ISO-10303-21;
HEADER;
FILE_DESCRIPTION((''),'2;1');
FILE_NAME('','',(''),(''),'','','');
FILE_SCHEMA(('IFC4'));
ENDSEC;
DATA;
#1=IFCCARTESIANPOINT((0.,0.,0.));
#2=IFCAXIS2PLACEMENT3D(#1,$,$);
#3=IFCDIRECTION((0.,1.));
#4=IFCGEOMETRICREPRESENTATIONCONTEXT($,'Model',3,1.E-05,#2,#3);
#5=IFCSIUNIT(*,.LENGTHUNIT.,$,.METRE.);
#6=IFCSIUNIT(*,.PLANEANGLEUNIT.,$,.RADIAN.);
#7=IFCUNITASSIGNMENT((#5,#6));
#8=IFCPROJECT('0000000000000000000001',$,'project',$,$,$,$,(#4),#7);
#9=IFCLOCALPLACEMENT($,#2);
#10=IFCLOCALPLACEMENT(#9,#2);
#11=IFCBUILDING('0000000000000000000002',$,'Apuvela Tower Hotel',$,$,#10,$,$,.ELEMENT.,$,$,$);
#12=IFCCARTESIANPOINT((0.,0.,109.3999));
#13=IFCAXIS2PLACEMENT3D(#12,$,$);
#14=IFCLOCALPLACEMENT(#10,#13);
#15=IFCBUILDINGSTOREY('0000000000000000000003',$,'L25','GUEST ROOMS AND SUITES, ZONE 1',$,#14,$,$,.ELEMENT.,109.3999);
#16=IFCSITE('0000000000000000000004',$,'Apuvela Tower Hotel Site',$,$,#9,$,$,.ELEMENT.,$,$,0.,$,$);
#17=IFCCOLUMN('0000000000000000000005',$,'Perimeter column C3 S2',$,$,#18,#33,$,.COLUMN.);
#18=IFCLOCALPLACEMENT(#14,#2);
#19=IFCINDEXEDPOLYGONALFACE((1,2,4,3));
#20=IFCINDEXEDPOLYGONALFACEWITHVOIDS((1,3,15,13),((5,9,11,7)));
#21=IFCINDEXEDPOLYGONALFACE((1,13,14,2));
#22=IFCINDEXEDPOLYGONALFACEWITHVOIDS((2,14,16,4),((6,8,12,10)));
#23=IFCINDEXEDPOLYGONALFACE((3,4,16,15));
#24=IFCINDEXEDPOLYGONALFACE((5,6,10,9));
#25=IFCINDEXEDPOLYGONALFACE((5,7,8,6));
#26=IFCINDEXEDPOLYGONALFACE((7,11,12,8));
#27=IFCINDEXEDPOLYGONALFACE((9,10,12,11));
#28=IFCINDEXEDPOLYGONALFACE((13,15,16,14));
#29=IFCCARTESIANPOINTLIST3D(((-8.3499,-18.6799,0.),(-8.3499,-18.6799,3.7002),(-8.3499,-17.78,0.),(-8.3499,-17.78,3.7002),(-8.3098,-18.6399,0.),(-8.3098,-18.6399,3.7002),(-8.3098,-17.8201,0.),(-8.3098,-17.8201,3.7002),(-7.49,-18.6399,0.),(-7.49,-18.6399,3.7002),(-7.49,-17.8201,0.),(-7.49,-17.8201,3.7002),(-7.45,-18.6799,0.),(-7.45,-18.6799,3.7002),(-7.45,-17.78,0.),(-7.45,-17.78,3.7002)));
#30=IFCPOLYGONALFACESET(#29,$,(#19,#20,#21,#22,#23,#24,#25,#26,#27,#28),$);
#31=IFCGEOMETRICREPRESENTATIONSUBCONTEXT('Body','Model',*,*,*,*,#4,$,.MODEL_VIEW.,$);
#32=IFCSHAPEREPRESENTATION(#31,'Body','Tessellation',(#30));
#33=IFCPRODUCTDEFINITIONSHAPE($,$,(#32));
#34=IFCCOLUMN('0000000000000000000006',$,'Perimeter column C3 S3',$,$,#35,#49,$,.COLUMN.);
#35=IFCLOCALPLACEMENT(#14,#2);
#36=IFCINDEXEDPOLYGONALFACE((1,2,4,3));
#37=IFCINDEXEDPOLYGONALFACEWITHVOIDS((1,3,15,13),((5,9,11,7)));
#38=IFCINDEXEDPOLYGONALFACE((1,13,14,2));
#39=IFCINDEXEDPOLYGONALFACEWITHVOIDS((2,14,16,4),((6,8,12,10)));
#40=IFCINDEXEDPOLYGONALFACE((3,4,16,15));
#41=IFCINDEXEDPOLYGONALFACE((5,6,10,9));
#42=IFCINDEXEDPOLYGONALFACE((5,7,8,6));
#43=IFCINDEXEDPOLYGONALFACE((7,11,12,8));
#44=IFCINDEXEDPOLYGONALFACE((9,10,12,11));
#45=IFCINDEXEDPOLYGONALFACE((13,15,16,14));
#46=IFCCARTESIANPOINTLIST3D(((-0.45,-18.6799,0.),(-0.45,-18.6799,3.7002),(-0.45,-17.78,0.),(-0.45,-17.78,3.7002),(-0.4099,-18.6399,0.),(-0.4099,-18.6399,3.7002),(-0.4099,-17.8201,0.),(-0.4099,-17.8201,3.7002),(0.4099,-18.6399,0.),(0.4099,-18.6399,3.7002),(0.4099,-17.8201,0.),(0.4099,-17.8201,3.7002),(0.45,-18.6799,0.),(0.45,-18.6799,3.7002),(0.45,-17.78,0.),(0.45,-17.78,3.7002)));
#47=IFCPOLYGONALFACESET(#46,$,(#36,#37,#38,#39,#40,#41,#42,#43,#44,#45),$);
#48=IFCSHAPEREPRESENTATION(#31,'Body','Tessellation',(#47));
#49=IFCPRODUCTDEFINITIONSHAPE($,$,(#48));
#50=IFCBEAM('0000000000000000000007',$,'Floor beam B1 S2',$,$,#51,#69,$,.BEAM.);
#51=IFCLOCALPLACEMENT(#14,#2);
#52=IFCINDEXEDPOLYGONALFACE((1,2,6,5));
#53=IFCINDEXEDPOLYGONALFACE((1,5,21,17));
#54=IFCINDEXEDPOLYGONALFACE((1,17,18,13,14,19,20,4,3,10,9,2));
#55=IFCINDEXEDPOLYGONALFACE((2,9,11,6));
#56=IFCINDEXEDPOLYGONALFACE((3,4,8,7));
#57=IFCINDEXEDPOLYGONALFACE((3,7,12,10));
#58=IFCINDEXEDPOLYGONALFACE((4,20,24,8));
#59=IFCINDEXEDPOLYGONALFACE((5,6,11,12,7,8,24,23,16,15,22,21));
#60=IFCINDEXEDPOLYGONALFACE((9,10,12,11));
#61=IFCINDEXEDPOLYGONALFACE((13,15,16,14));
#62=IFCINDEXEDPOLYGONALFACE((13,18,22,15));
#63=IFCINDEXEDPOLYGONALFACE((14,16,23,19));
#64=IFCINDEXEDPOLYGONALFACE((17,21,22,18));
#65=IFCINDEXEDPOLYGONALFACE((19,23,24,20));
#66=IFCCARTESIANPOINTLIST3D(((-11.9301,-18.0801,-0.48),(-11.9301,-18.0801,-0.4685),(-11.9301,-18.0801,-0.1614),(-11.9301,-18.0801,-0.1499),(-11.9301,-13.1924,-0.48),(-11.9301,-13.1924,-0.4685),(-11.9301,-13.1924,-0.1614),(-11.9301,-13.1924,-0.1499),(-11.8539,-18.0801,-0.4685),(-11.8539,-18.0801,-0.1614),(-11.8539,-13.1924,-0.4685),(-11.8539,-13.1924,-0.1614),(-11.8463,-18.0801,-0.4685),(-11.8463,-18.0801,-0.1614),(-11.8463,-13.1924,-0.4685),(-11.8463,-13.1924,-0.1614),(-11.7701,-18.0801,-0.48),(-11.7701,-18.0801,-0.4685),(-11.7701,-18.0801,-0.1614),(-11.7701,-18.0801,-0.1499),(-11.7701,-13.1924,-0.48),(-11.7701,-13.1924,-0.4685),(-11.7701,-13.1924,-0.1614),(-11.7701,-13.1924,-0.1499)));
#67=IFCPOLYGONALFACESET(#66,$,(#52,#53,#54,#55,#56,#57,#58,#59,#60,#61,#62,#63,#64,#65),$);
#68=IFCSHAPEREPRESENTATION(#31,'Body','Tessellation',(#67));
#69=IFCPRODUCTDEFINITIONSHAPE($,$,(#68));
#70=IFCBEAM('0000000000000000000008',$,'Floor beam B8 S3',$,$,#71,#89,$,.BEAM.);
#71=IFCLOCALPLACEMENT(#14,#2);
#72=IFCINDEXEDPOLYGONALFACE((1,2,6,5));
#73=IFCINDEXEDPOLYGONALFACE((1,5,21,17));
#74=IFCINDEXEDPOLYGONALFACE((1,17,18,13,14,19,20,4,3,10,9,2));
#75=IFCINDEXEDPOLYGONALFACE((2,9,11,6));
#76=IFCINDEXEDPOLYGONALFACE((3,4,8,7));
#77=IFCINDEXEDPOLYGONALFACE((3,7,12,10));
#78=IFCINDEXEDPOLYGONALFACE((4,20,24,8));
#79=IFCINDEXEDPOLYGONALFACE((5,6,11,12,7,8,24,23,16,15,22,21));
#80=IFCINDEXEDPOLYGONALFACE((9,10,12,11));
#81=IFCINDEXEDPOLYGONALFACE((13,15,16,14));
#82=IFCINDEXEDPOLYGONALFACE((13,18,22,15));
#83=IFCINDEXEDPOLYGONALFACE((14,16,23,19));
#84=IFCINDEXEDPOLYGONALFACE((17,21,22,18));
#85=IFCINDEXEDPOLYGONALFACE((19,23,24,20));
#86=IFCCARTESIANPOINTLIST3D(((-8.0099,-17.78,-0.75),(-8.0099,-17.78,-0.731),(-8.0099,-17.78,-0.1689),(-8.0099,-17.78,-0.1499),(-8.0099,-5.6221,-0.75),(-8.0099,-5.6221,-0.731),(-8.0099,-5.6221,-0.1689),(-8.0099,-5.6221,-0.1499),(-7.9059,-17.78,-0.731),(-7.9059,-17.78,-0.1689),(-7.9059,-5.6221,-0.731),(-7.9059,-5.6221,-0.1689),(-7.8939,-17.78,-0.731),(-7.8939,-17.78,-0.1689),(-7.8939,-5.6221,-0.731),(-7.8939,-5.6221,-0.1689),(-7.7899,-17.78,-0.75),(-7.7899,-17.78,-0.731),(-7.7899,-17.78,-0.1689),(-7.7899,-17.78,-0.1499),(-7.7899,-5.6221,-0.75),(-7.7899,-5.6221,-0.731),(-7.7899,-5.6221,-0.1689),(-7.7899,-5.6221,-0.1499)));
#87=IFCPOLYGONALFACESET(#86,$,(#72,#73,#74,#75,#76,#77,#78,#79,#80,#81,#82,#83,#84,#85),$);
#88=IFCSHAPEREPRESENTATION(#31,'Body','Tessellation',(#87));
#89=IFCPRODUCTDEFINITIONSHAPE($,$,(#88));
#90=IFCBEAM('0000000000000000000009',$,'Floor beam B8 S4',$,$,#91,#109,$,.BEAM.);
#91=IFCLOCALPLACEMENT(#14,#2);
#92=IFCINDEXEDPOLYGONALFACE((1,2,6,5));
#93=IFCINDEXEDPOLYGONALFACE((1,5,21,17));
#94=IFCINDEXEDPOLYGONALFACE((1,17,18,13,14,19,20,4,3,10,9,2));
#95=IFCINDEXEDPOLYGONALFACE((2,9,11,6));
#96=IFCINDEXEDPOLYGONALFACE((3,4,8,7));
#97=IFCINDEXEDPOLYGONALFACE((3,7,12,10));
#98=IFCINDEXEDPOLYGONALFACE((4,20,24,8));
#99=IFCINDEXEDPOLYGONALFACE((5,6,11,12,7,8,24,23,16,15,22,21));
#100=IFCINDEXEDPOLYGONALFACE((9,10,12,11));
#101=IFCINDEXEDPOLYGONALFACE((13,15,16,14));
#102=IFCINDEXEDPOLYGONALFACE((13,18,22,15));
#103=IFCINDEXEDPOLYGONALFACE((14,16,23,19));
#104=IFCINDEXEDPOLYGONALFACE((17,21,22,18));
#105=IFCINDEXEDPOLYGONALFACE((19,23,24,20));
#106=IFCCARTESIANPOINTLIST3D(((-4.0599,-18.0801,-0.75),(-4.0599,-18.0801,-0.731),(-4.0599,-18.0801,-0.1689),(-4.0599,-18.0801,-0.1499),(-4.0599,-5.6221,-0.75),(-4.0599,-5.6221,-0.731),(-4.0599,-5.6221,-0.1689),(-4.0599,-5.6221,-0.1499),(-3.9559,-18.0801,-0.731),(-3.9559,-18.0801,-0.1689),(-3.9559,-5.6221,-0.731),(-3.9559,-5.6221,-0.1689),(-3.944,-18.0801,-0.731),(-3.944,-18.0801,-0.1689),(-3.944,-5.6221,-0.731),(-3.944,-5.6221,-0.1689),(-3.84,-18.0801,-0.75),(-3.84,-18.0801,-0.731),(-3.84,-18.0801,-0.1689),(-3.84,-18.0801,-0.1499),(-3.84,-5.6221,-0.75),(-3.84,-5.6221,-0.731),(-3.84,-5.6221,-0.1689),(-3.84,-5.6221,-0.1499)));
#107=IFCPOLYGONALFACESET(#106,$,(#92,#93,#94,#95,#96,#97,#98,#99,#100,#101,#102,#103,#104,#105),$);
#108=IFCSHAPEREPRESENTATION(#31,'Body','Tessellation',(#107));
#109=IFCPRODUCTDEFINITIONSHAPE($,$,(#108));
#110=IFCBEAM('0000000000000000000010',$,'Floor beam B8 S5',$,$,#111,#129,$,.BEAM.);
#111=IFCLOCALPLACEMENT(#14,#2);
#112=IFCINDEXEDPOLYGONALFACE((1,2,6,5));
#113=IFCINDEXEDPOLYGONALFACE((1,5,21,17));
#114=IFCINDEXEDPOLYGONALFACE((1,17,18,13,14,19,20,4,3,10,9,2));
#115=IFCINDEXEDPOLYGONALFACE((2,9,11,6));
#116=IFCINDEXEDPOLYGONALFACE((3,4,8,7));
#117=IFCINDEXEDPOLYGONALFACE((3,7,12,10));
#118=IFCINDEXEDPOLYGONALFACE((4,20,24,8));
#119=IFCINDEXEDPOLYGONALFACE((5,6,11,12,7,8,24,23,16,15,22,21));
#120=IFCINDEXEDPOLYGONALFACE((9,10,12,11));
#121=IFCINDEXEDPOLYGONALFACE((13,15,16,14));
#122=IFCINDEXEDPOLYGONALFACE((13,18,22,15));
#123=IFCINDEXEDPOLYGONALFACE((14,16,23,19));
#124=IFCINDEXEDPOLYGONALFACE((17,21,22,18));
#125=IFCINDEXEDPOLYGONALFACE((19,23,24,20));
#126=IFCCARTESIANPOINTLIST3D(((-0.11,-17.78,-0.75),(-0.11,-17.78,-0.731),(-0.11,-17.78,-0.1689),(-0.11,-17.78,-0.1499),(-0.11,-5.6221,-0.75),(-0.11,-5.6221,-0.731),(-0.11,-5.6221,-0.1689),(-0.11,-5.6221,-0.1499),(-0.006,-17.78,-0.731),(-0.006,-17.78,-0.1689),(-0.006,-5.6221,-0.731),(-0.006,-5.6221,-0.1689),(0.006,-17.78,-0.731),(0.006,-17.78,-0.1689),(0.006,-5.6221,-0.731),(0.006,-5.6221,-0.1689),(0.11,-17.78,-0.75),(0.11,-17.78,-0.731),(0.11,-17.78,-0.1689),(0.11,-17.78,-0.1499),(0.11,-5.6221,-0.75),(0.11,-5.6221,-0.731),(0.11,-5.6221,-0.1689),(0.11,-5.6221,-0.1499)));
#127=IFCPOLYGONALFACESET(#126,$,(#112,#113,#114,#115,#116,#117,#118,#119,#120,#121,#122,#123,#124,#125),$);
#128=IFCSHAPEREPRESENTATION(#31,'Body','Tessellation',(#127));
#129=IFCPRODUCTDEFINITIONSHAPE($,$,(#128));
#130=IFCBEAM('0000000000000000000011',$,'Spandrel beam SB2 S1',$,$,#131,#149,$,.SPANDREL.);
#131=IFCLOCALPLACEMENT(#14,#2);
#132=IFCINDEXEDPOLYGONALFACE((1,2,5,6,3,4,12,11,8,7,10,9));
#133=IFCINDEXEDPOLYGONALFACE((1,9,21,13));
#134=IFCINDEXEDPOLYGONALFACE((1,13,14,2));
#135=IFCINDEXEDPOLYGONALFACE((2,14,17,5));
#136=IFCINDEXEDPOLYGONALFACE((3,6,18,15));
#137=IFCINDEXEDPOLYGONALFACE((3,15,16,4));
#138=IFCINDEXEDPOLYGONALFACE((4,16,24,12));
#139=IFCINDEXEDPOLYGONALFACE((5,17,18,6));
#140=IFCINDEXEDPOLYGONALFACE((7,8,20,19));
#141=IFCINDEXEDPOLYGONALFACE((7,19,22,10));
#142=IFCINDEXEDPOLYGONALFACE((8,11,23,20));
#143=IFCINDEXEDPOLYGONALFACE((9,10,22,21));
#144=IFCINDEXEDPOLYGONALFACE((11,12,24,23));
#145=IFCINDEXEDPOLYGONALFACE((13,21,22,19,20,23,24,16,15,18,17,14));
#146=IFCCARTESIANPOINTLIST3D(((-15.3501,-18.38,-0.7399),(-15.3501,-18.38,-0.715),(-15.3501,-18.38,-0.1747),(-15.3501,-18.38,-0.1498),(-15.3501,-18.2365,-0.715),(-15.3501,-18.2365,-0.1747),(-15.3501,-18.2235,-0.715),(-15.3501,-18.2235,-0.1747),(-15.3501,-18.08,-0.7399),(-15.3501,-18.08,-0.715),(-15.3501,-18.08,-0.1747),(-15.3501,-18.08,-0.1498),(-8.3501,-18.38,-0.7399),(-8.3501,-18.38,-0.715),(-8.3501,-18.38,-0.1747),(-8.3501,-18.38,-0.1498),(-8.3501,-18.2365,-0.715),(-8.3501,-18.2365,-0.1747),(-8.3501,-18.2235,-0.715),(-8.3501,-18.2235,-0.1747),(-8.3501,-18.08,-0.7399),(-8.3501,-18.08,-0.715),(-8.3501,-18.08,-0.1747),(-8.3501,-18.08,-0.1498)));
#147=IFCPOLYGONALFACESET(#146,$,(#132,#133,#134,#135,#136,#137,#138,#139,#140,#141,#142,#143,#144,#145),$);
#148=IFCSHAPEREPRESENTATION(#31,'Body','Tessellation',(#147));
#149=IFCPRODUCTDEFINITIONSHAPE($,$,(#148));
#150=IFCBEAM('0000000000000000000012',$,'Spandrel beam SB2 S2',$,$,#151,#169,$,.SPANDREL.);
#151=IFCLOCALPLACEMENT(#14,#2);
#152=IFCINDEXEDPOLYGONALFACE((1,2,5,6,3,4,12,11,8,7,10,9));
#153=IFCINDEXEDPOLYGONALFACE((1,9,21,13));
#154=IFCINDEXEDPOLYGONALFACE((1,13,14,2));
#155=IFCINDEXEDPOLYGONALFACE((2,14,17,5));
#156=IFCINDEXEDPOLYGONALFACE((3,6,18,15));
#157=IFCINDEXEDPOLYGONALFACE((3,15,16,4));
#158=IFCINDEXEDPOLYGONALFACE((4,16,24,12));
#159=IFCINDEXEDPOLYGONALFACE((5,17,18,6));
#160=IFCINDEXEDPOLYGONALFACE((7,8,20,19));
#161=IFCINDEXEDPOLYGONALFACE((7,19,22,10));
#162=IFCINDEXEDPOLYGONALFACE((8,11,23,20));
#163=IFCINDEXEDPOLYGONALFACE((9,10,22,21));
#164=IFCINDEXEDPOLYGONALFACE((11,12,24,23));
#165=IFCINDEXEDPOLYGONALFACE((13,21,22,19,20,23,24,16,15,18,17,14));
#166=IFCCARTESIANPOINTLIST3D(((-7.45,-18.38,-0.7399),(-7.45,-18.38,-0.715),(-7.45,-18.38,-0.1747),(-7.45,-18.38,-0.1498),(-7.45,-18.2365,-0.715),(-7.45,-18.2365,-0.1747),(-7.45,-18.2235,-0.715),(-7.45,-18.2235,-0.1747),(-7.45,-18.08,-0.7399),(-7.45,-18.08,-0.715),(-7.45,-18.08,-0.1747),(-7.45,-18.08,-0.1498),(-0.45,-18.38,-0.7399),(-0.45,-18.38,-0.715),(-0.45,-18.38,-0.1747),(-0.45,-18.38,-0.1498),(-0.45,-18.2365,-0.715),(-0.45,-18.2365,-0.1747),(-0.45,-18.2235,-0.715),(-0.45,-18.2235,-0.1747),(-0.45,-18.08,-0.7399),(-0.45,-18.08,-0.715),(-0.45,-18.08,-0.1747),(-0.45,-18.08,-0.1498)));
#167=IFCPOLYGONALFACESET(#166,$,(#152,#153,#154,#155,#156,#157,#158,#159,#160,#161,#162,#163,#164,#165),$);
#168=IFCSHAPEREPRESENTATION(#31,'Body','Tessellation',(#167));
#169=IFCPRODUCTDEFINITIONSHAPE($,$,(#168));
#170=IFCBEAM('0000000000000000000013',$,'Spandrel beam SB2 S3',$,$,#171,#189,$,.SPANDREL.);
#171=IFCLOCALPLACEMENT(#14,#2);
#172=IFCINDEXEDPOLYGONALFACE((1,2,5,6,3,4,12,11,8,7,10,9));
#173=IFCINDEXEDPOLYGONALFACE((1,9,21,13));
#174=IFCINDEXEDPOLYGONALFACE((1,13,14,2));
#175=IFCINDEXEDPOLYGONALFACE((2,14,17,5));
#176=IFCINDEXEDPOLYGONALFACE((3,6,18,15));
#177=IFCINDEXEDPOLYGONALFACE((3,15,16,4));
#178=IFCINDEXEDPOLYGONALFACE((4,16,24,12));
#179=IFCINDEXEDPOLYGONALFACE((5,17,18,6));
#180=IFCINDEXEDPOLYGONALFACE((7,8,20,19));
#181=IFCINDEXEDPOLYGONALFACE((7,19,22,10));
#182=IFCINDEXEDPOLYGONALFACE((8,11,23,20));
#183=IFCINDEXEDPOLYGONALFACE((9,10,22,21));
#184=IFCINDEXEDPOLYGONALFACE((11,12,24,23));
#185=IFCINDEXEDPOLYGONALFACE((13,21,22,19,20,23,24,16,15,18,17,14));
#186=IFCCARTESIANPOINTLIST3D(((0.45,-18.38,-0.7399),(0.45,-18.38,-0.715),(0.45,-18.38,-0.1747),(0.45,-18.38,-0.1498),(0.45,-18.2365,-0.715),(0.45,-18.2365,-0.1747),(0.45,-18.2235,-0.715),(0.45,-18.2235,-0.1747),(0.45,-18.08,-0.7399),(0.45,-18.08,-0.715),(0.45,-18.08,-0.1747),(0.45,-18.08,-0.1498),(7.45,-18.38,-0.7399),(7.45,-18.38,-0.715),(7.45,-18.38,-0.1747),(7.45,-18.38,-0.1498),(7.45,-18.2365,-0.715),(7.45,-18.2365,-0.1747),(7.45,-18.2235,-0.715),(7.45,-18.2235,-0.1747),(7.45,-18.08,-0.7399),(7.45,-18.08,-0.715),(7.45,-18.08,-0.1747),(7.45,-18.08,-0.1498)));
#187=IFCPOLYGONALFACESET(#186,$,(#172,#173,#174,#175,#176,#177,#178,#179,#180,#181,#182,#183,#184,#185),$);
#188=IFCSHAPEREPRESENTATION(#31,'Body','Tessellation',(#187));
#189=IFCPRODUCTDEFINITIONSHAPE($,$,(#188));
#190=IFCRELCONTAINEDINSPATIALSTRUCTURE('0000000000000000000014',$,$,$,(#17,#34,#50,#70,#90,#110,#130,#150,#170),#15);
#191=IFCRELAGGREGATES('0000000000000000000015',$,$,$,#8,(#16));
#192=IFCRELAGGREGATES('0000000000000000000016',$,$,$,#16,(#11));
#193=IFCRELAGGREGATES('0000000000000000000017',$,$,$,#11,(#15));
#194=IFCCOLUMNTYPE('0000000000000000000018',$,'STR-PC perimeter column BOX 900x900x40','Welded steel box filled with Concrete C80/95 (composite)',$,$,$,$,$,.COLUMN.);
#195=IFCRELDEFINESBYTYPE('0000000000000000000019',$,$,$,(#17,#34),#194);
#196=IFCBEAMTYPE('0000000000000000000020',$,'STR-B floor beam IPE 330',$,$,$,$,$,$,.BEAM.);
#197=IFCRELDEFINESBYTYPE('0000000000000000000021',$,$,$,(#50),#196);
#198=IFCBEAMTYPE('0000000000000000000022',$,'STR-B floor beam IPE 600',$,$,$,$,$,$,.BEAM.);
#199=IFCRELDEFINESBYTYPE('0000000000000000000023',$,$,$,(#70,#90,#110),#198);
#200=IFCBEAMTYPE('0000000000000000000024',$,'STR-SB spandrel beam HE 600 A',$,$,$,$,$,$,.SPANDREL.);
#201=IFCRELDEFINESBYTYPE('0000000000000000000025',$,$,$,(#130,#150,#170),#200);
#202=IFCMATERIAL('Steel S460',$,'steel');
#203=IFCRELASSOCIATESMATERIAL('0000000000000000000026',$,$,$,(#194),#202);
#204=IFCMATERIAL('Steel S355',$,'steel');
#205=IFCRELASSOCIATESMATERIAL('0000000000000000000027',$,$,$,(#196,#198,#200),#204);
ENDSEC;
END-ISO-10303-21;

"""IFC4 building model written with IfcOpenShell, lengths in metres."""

from ifc_helpers import new_model, si_unit, direction, frame, origin, origin_2d, place, context, subcontext, project, spatial, rectangle, hollow_rectangle, i_section, extrude, material, material_profile, profile_set, type_object, element, save


model = new_model("IFC4")

# Units and contexts
model_context = context("Model", 3, precision=1e-05, world=origin(), true_north=direction((0.0, 1.0)))
body_context = subcontext(model_context, "Body", "Model", "MODEL_VIEW")
ifc_project = project(units=[si_unit("LENGTHUNIT", "METRE"), si_unit("PLANEANGLEUNIT", "RADIAN")], contexts=[model_context])

# Site, building, storey
site_placement = place(None, origin())
site = spatial("IfcSite", under=ifc_project, at=site_placement, Name="Apuvela Tower Hotel Site", CompositionType="ELEMENT", RefElevation=0.0)
building_placement = place(site_placement, origin())
building = spatial("IfcBuilding", under=site, at=building_placement, Name="Apuvela Tower Hotel", CompositionType="ELEMENT")
storey_placement = place(building_placement, frame((0.0, 0.0, 109.3999)))
storey = spatial("IfcBuildingStorey", under=building, at=storey_placement, Name="L25", Description="GUEST ROOMS AND SUITES, ZONE 1", CompositionType="ELEMENT", Elevation=109.3999)

# Columns
ifc_material_1 = material(Name="Steel S460", Category="steel")
ifc_material_profile_1 = material_profile(ifc_material_1, hollow_rectangle(XDim=0.8999, YDim=0.8999, WallThickness=0.04, at=origin_2d()), Name="BOX 900x900x40")
ifc_material_2 = material(Name="Concrete C80/95", Category="concrete")
ifc_material_profile_2 = material_profile(ifc_material_2, rectangle(XDim=0.8201, YDim=0.8201, at=origin_2d()), Name="Concrete C80/95 infill")
ifc_profile_set_1 = profile_set([ifc_material_profile_1, ifc_material_profile_2], Name="Steel S460")
column_type = type_object("IfcColumnType", Name="STR-PC perimeter column BOX 900x900x40", Description="Welded steel box filled with Concrete C80/95 (composite)", PredefinedType="COLUMN", material=ifc_profile_set_1)
for number, where, z_axis, x_axis, name in (
    (1, (-7.8999, -18.23, 0.0), (0.0, 0.0, 1.0), (-1.0, 0.0, 0.0), "Perimeter column C3 S2"),
    (2, (0.0, -18.23, 0.0), (0.0, 0.0, 1.0), (-1.0, 0.0, 0.0), "Perimeter column C3 S3"),
):
    element("IfcColumn", number, at=place(storey_placement, frame(where, z_axis=z_axis, x_axis=x_axis)), inside=storey, type_object=column_type, Name=name, PredefinedType="COLUMN", context=body_context, shape_type="SweptSolid", body=[
        extrude(hollow_rectangle(XDim=0.8999, YDim=0.8999, WallThickness=0.04, at=origin_2d()), origin(), (0.0, 0.0, 1.0), 3.7002),
    ])

# Beams
ifc_material_3 = material(Name="Steel S355", Category="steel")
ifc_material_profile_3 = material_profile(ifc_material_3, i_section(OverallWidth=0.1599, OverallDepth=0.3301, WebThickness=0.0076, FlangeThickness=0.0115, at=origin_2d()), Name="IPE 330")
ifc_profile_set_2 = profile_set([ifc_material_profile_3], Name="Steel S355")
beam_type_1 = type_object("IfcBeamType", Name="STR-B floor beam IPE 330", PredefinedType="BEAM", material=ifc_profile_set_2)
beam_1_placement = place(storey_placement, frame((-11.8501, -18.0801, -0.3149), z_axis=(0.0, 1.0, 0.0), x_axis=(-1.0, 0.0, 0.0)))
element("IfcBeam", 3, at=beam_1_placement, inside=storey, type_object=beam_type_1, Name="Floor beam B1 S2", PredefinedType="BEAM", context=body_context, shape_type="SweptSolid", body=[
    extrude(i_section(OverallWidth=0.1599, OverallDepth=0.3301, WebThickness=0.0076, FlangeThickness=0.0115, at=origin_2d()), origin(), (0.0, 0.0, 1.0), 4.8877),
])
ifc_material_profile_4 = material_profile(ifc_material_3, i_section(OverallWidth=0.22, OverallDepth=0.6001, WebThickness=0.012, FlangeThickness=0.019, at=origin_2d()), Name="IPE 600")
ifc_profile_set_3 = profile_set([ifc_material_profile_4], Name="Steel S355")
beam_type_2 = type_object("IfcBeamType", Name="STR-B floor beam IPE 600", PredefinedType="BEAM", material=ifc_profile_set_3)
beam_2_placement = place(storey_placement, frame((-7.8999, -17.78, -0.45), z_axis=(0.0, 1.0, 0.0), x_axis=(-1.0, 0.0, 0.0)))
element("IfcBeam", 4, at=beam_2_placement, inside=storey, type_object=beam_type_2, Name="Floor beam B8 S3", PredefinedType="BEAM", context=body_context, shape_type="SweptSolid", body=[
    extrude(i_section(OverallWidth=0.22, OverallDepth=0.6001, WebThickness=0.012, FlangeThickness=0.019, at=origin_2d()), origin(), (0.0, 0.0, 1.0), 12.158),
])
beam_3_placement = place(storey_placement, frame((-3.95, -18.0801, -0.45), z_axis=(0.0, 1.0, 0.0), x_axis=(-1.0, 0.0, 0.0)))
element("IfcBeam", 5, at=beam_3_placement, inside=storey, type_object=beam_type_2, Name="Floor beam B8 S4", PredefinedType="BEAM", context=body_context, shape_type="SweptSolid", body=[
    extrude(i_section(OverallWidth=0.22, OverallDepth=0.6001, WebThickness=0.012, FlangeThickness=0.019, at=origin_2d()), origin(), (0.0, 0.0, 1.0), 12.458),
])
beam_4_placement = place(storey_placement, frame((0.0, -17.78, -0.45), z_axis=(0.0, 1.0, 0.0), x_axis=(-1.0, 0.0, 0.0)))
element("IfcBeam", 6, at=beam_4_placement, inside=storey, type_object=beam_type_2, Name="Floor beam B8 S5", PredefinedType="BEAM", context=body_context, shape_type="SweptSolid", body=[
    extrude(i_section(OverallWidth=0.22, OverallDepth=0.6001, WebThickness=0.012, FlangeThickness=0.019, at=origin_2d()), origin(), (0.0, 0.0, 1.0), 12.158),
])
ifc_material_profile_5 = material_profile(ifc_material_3, i_section(OverallWidth=0.3, OverallDepth=0.5901, WebThickness=0.0129, FlangeThickness=0.0249, at=origin_2d()), Name="HE 600 A")
ifc_profile_set_4 = profile_set([ifc_material_profile_5], Name="Steel S355")
beam_type_3 = type_object("IfcBeamType", Name="STR-SB spandrel beam HE 600 A", PredefinedType="SPANDREL", material=ifc_profile_set_4)
for number, where, z_axis, x_axis, name in (
    (7, (-15.3501, -18.23, -0.4448), (1.0, 0.0, 0.0), (0.0, 1.0, 0.0), "Spandrel beam SB2 S1"),
    (8, (-7.45, -18.23, -0.4448), (1.0, 0.0, 0.0), (0.0, 1.0, 0.0), "Spandrel beam SB2 S2"),
    (9, (0.45, -18.23, -0.4448), (1.0, 0.0, 0.0), (0.0, 1.0, 0.0), "Spandrel beam SB2 S3"),
):
    element("IfcBeam", number, at=place(storey_placement, frame(where, z_axis=z_axis, x_axis=x_axis)), inside=storey, type_object=beam_type_3, Name=name, PredefinedType="SPANDREL", context=body_context, shape_type="SweptSolid", body=[
        extrude(i_section(OverallWidth=0.3, OverallDepth=0.5901, WebThickness=0.0129, FlangeThickness=0.0249, at=origin_2d()), origin(), (0.0, 0.0, 1.0), 7.0),
    ])

save(model, "model.ifc")
